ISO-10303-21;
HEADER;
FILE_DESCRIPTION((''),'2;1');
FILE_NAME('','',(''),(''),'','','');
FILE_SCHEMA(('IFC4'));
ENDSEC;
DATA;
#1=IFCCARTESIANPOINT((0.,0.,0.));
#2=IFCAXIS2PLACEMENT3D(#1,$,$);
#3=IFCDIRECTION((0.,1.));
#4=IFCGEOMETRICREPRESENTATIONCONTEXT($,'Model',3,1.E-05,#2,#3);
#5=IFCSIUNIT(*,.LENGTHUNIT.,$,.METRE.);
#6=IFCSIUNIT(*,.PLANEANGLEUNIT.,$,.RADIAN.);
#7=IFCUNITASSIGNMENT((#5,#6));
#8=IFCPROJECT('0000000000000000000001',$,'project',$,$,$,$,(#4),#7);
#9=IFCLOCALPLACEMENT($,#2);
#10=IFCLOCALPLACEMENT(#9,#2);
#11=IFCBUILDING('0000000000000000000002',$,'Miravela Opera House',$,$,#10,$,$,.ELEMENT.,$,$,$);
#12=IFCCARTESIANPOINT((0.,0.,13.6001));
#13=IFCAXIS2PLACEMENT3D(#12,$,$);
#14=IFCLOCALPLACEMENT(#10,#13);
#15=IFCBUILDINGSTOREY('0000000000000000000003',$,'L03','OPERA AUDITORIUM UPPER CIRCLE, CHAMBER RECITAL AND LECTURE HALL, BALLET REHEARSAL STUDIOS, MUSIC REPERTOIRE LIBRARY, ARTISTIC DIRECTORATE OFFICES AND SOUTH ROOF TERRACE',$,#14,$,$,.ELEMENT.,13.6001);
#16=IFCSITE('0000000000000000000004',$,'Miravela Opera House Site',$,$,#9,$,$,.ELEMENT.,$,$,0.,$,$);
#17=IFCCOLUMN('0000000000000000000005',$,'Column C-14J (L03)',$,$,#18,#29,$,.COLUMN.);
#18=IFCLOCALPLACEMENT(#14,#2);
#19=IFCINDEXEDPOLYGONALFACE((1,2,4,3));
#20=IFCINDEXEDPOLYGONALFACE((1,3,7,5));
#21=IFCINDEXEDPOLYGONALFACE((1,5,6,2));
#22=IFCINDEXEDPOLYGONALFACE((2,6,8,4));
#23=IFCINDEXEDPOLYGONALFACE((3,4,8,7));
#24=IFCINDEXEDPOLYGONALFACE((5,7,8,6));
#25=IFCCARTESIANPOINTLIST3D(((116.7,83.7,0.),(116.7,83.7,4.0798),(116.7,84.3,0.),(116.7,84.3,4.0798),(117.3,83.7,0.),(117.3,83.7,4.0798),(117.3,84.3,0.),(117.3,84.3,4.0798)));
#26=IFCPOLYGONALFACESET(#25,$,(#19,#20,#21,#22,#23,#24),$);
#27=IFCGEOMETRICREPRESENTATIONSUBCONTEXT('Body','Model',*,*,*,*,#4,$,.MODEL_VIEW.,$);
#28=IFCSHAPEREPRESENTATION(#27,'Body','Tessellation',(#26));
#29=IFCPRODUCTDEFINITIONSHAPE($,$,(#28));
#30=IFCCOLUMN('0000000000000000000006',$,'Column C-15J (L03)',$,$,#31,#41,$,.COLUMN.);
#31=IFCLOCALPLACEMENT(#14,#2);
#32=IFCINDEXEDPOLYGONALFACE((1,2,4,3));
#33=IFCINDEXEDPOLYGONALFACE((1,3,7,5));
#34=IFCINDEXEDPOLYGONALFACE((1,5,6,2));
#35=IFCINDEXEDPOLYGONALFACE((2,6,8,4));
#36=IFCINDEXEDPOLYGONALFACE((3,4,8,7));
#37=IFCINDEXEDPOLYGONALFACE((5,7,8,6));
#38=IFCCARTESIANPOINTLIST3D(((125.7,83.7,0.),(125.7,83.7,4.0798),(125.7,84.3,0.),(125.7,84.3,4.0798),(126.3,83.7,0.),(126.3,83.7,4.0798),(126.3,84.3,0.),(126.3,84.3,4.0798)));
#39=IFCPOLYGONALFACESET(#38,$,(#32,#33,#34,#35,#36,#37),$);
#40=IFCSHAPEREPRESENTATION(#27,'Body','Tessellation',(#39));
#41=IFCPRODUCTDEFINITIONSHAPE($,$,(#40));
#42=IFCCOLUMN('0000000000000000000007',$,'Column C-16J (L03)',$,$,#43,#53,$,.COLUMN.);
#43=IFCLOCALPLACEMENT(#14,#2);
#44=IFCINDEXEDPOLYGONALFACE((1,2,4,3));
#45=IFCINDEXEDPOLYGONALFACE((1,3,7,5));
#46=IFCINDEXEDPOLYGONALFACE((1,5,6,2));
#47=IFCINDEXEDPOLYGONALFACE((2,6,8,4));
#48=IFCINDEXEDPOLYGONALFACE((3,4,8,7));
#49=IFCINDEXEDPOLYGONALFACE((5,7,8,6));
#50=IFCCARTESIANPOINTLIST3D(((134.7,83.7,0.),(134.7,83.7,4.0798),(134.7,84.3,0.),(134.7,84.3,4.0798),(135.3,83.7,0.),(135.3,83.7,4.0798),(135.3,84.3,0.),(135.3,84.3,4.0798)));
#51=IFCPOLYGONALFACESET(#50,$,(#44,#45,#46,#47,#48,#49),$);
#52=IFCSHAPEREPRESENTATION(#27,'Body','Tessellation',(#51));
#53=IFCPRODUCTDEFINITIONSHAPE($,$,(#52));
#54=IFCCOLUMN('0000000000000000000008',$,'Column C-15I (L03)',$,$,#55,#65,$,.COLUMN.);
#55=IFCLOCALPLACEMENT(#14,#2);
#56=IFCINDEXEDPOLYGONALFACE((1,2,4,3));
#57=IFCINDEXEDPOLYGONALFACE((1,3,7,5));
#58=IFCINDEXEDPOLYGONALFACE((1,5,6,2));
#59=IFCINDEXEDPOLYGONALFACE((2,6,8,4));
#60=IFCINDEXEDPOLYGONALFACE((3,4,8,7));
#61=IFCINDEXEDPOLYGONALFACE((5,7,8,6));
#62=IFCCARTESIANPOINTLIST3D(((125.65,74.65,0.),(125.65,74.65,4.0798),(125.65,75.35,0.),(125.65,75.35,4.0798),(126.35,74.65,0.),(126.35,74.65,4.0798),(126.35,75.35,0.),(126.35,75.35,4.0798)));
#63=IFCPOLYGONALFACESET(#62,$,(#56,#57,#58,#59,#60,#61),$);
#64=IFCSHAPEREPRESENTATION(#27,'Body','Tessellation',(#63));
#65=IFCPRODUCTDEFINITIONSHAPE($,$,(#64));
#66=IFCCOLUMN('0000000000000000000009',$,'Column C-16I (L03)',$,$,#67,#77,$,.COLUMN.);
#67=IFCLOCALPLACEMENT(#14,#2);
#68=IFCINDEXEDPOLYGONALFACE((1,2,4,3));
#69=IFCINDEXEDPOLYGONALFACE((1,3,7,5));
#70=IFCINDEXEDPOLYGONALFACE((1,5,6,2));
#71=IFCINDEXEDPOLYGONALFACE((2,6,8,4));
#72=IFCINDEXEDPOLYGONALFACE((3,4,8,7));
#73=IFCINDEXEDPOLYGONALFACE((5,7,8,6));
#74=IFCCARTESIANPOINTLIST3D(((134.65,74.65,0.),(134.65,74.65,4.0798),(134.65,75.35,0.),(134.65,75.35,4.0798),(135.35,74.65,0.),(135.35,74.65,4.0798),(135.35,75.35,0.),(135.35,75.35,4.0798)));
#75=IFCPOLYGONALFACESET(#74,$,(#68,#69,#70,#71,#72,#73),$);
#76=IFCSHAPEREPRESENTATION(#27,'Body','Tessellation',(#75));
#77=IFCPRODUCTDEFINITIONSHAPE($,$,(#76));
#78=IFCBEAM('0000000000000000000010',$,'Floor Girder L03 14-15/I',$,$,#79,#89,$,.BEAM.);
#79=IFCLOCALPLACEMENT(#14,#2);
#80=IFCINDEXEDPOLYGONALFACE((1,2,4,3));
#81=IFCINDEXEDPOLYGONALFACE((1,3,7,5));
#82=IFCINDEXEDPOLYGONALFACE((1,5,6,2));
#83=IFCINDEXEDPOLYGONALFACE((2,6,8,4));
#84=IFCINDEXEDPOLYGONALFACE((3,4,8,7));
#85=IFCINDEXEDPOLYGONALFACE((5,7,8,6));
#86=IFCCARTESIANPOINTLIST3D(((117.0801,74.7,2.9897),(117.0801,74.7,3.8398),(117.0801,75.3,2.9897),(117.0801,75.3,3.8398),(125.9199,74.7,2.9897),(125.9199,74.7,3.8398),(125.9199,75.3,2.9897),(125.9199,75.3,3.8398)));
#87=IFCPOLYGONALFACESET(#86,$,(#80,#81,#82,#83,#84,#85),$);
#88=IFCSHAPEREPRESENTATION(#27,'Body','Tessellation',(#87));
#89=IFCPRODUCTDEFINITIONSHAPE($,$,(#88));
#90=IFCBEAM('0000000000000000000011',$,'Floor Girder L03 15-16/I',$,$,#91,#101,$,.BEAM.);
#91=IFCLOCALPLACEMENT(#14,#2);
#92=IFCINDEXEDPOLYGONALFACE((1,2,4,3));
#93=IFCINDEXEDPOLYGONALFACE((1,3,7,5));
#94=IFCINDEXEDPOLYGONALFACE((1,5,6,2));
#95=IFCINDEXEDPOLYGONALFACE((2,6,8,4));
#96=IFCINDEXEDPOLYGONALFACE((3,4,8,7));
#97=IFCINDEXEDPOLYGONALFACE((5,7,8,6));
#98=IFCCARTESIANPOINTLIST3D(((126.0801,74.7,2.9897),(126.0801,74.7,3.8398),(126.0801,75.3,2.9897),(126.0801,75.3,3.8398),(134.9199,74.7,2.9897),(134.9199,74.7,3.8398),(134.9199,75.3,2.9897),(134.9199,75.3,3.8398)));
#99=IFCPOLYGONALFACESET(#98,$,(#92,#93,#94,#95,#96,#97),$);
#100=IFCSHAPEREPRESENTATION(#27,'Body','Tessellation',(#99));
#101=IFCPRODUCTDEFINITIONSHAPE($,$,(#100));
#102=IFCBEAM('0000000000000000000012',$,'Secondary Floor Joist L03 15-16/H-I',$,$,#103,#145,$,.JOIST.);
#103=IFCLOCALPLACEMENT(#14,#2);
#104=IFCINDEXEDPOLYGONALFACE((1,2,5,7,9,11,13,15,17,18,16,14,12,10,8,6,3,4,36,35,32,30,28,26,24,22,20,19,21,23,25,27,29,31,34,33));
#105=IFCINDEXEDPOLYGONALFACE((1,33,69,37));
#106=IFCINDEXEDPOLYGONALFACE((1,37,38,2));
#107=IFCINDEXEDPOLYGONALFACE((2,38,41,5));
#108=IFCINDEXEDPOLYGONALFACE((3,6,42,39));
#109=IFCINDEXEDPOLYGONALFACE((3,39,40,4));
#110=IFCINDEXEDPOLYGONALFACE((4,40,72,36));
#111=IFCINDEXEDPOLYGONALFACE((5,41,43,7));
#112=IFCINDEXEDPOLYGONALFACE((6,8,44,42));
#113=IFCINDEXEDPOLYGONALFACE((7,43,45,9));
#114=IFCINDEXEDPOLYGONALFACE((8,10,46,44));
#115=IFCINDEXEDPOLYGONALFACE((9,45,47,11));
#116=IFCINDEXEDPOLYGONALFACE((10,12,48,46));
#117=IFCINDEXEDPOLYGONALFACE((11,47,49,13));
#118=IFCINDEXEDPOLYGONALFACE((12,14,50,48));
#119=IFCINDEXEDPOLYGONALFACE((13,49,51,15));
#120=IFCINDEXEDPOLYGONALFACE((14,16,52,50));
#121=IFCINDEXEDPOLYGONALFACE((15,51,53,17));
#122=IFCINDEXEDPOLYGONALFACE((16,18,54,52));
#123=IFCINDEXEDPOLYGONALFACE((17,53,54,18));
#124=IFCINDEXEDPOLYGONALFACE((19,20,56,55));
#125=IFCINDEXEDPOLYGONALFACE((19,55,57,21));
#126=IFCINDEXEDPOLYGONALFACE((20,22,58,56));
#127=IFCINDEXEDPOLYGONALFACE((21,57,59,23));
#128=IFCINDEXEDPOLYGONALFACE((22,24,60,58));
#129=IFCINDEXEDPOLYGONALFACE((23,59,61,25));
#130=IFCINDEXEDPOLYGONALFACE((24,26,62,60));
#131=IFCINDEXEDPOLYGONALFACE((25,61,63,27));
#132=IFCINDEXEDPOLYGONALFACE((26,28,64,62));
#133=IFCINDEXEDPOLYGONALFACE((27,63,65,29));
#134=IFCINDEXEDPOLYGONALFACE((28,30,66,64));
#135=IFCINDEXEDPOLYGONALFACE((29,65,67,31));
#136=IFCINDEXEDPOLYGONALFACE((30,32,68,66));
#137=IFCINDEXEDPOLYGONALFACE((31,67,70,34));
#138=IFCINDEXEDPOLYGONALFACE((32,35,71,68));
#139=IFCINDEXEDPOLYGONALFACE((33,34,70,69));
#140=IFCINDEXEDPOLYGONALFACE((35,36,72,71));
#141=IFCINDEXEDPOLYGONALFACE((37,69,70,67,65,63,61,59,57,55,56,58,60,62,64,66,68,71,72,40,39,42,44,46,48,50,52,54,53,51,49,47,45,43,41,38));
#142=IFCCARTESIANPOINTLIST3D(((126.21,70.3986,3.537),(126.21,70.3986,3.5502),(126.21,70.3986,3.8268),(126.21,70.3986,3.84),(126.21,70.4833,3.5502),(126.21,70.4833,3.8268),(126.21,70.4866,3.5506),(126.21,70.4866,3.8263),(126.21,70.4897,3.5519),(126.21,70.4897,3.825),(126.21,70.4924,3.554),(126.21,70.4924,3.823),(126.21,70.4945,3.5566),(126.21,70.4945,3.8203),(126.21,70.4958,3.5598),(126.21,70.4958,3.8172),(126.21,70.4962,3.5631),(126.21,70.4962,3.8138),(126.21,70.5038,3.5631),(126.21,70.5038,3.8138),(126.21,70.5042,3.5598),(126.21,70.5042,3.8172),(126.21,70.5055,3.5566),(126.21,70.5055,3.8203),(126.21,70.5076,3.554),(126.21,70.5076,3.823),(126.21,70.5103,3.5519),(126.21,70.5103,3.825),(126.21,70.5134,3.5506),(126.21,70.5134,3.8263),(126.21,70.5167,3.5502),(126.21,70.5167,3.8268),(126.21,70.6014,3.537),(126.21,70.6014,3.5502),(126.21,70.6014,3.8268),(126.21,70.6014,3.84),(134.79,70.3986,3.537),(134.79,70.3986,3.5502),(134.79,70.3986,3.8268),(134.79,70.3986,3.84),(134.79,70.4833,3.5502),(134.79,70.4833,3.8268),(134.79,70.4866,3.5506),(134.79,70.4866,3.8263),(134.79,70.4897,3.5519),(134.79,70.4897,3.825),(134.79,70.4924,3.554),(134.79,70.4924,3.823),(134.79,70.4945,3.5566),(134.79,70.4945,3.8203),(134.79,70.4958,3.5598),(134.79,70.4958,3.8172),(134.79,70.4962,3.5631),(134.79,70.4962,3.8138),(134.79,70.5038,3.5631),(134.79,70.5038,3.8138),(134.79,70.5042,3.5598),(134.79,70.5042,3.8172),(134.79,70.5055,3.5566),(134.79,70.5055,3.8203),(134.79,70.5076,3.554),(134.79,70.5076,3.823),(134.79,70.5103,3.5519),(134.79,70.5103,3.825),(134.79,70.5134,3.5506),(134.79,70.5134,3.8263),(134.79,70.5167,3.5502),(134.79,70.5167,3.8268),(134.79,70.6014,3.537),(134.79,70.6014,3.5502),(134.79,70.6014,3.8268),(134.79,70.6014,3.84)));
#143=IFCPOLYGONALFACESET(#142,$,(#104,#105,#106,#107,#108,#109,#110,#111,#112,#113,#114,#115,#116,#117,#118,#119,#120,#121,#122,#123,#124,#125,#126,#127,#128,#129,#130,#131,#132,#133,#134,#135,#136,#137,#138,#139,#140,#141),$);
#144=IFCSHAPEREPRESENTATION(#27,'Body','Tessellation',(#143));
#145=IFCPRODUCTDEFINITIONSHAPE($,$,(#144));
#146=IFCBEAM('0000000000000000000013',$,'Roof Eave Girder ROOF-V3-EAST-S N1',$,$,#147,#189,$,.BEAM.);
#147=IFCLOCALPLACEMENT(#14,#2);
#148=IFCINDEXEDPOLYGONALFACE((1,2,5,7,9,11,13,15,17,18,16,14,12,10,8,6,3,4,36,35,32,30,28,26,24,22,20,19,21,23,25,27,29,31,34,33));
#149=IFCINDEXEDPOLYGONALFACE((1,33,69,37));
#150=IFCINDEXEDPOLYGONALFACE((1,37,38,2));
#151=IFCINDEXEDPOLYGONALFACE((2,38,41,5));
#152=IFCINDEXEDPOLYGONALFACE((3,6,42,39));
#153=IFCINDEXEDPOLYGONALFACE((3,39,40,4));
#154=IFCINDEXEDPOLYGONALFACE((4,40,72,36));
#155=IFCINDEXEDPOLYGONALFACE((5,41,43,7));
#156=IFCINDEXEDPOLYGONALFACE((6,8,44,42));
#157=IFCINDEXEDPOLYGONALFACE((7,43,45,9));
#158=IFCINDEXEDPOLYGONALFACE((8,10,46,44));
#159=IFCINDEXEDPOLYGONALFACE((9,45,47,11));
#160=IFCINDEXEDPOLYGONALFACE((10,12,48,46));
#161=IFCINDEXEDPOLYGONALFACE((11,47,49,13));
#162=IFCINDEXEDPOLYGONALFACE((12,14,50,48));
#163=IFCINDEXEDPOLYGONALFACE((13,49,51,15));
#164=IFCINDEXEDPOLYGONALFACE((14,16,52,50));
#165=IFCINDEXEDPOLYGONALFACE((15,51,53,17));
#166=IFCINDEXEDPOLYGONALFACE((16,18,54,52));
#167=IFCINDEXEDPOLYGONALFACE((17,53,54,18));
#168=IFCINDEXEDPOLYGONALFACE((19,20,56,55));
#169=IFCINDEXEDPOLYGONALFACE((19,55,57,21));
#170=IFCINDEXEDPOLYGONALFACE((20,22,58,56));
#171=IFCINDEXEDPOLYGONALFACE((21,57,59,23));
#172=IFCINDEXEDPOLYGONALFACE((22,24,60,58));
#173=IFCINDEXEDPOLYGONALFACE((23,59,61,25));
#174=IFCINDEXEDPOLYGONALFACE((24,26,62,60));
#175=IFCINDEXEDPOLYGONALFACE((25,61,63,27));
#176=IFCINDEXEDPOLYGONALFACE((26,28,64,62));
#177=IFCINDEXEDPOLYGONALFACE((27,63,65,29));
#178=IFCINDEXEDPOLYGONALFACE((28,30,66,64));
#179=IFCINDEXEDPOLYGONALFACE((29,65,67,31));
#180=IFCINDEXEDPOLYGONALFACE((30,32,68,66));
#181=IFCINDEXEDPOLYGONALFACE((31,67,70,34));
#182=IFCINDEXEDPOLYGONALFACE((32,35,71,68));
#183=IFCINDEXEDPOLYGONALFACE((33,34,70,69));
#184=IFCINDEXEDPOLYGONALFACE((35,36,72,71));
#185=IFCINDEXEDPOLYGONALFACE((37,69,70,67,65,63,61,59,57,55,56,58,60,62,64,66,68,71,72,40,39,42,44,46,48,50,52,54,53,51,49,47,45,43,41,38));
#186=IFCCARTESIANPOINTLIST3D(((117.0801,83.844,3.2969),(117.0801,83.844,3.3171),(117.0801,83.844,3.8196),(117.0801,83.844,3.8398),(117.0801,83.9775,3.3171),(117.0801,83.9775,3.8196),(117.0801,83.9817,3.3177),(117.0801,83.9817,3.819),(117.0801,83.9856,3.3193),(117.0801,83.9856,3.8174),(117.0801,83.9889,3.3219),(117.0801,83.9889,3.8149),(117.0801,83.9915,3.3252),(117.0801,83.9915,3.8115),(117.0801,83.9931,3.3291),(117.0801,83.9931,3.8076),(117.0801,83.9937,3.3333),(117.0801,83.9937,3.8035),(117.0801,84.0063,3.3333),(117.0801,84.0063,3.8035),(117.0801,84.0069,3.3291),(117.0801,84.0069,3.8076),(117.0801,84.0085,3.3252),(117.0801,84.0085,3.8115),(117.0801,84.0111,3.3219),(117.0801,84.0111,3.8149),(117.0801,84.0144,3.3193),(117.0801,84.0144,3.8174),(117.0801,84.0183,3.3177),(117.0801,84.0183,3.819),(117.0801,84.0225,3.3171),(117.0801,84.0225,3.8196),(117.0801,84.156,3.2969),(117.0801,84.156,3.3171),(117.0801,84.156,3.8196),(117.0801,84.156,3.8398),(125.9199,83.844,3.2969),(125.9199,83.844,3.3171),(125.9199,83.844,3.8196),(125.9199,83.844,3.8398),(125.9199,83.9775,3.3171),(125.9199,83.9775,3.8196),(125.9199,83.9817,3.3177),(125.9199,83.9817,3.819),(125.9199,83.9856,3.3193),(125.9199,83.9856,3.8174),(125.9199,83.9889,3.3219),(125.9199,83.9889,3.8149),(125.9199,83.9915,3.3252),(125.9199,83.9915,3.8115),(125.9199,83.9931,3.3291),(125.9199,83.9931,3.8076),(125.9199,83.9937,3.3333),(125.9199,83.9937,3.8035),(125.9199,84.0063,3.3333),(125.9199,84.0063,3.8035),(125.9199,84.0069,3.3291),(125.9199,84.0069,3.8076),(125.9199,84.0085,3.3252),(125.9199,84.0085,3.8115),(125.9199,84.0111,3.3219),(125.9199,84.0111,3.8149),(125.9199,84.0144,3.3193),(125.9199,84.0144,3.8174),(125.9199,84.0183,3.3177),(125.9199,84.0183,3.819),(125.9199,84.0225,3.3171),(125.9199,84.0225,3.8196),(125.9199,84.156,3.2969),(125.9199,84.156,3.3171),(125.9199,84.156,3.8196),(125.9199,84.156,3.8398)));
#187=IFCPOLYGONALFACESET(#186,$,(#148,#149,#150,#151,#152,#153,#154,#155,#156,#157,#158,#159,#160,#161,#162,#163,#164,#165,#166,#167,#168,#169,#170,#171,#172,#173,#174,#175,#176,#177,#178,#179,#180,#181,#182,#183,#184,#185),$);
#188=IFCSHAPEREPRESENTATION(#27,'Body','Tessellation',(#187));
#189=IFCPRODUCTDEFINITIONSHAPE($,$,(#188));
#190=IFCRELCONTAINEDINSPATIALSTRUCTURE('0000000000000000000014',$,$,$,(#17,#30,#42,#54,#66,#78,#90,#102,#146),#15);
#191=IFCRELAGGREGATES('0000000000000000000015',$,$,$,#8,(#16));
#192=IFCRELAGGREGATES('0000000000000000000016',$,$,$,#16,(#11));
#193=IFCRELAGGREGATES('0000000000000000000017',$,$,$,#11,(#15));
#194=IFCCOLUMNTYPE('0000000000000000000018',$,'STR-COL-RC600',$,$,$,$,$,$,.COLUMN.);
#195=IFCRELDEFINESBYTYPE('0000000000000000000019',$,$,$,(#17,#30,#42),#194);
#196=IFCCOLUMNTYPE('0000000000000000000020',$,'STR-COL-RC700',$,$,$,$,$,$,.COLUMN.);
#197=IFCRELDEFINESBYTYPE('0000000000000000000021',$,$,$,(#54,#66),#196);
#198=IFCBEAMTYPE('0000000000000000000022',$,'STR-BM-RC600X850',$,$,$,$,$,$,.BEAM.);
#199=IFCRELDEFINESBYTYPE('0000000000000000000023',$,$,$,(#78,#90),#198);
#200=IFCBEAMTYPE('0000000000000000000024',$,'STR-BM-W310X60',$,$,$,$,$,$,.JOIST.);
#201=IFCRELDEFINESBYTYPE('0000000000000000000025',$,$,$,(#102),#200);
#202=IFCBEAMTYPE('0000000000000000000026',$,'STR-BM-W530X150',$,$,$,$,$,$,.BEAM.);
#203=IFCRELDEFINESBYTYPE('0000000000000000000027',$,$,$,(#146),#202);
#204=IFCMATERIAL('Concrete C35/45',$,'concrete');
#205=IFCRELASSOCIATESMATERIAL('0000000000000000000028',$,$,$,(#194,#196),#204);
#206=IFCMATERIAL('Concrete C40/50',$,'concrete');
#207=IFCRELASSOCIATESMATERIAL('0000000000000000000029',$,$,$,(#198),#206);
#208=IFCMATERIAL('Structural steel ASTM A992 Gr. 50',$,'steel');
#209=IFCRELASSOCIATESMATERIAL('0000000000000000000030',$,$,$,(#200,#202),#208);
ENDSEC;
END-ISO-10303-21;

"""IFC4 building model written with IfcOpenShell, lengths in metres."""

from ifc_helpers import new_model, si_unit, direction, frame, origin, origin_2d, place, context, subcontext, project, spatial, rectangle, i_section, extrude, material, material_profile, profile_set, type_object, element, save


model = new_model("IFC4")

# Units and contexts
model_context = context("Model", 3, precision=1e-05, world=origin(), true_north=direction((0.0, 1.0)))
body_context = subcontext(model_context, "Body", "Model", "MODEL_VIEW")
ifc_project = project(units=[si_unit("LENGTHUNIT", "METRE"), si_unit("PLANEANGLEUNIT", "RADIAN")], contexts=[model_context])

# Site, building, storey
site_placement = place(None, origin())
site = spatial("IfcSite", under=ifc_project, at=site_placement, Name="Miravela Opera House Site", CompositionType="ELEMENT", RefElevation=0.0)
building_placement = place(site_placement, origin())
building = spatial("IfcBuilding", under=site, at=building_placement, Name="Miravela Opera House", CompositionType="ELEMENT")
storey_placement = place(building_placement, frame((0.0, 0.0, 13.6001)))
storey = spatial("IfcBuildingStorey", under=building, at=storey_placement, Name="L03", Description="OPERA AUDITORIUM UPPER CIRCLE, CHAMBER RECITAL AND LECTURE HALL, BALLET REHEARSAL STUDIOS, MUSIC REPERTOIRE LIBRARY, ARTISTIC DIRECTORATE OFFICES AND SOUTH ROOF TERRACE", CompositionType="ELEMENT", Elevation=13.6001)

# Columns
ifc_material_1 = material(Name="Concrete C35/45", Category="concrete")
ifc_material_profile_1 = material_profile(ifc_material_1, rectangle(XDim=0.6001, YDim=0.6001, at=origin_2d()), Name="RC-COL-600X600")
ifc_profile_set_1 = profile_set([ifc_material_profile_1])
column_type_1 = type_object("IfcColumnType", Name="STR-COL-RC600", PredefinedType="COLUMN", material=ifc_profile_set_1)
for number, where, z_axis, x_axis, name in (
    (1, (117.0, 84.0, 0.0), (0.0, 0.0, 1.0), (1.0, 0.0, 0.0), "Column C-14J (L03)"),
    (2, (126.0, 84.0, 0.0), (0.0, 0.0, 1.0), (1.0, 0.0, 0.0), "Column C-15J (L03)"),
    (3, (135.0, 84.0, 0.0), (0.0, 0.0, 1.0), (1.0, 0.0, 0.0), "Column C-16J (L03)"),
):
    element("IfcColumn", number, at=place(storey_placement, frame(where, z_axis=z_axis, x_axis=x_axis)), inside=storey, type_object=column_type_1, Name=name, PredefinedType="COLUMN", context=body_context, shape_type="SweptSolid", body=[
        extrude(rectangle(XDim=0.6001, YDim=0.6001, at=origin_2d()), origin(), (0.0, 0.0, 1.0), 4.0798),
    ])
ifc_material_profile_2 = material_profile(ifc_material_1, rectangle(XDim=0.7, YDim=0.7, at=origin_2d()), Name="RC-COL-700X700")
ifc_profile_set_2 = profile_set([ifc_material_profile_2])
column_type_2 = type_object("IfcColumnType", Name="STR-COL-RC700", PredefinedType="COLUMN", material=ifc_profile_set_2)
for number, where, z_axis, x_axis, name in (
    (4, (126.0, 75.0, 0.0), (0.0, 0.0, 1.0), (1.0, 0.0, 0.0), "Column C-15I (L03)"),
    (5, (135.0, 75.0, 0.0), (0.0, 0.0, 1.0), (1.0, 0.0, 0.0), "Column C-16I (L03)"),
):
    element("IfcColumn", number, at=place(storey_placement, frame(where, z_axis=z_axis, x_axis=x_axis)), inside=storey, type_object=column_type_2, Name=name, PredefinedType="COLUMN", context=body_context, shape_type="SweptSolid", body=[
        extrude(rectangle(XDim=0.7, YDim=0.7, at=origin_2d()), origin(), (0.0, 0.0, 1.0), 4.0798),
    ])

# Beams
ifc_material_2 = material(Name="Concrete C40/50", Category="concrete")
ifc_material_profile_3 = material_profile(ifc_material_2, rectangle(XDim=0.6001, YDim=0.8501, at=origin_2d()), Name="RC-BM-600X850")
ifc_profile_set_3 = profile_set([ifc_material_profile_3])
beam_type_1 = type_object("IfcBeamType", Name="STR-BM-RC600X850", PredefinedType="BEAM", material=ifc_profile_set_3)
for number, where, z_axis, x_axis, name in (
    (6, (117.0801, 75.0, 3.4148), (1.0, 0.0, 0.0), (0.0, 1.0, 0.0), "Floor Girder L03 14-15/I"),
    (7, (126.0801, 75.0, 3.4148), (1.0, 0.0, 0.0), (0.0, 1.0, 0.0), "Floor Girder L03 15-16/I"),
):
    element("IfcBeam", number, at=place(storey_placement, frame(where, z_axis=z_axis, x_axis=x_axis)), inside=storey, type_object=beam_type_1, Name=name, PredefinedType="BEAM", context=body_context, shape_type="SweptSolid", body=[
        extrude(rectangle(XDim=0.6001, YDim=0.8501, at=origin_2d()), origin(), (0.0, 0.0, 1.0), 8.8398),
    ])
ifc_material_3 = material(Name="Structural steel ASTM A992 Gr. 50", Category="steel")
ifc_material_profile_4 = material_profile(ifc_material_3, i_section(OverallWidth=0.2029, OverallDepth=0.303, WebThickness=0.0076, FlangeThickness=0.0132, FilletRadius=0.0129, at=origin_2d()), Name="W310X60")
ifc_profile_set_4 = profile_set([ifc_material_profile_4])
beam_type_2 = type_object("IfcBeamType", Name="STR-BM-W310X60", PredefinedType="JOIST", material=ifc_profile_set_4)
beam_placement = place(storey_placement, frame((126.21, 70.5, 3.6885), z_axis=(1.0, 0.0, 0.0), x_axis=(0.0, 1.0, 0.0)))
element("IfcBeam", 8, at=beam_placement, inside=storey, type_object=beam_type_2, Name="Secondary Floor Joist L03 15-16/H-I", PredefinedType="JOIST", context=body_context, shape_type="SweptSolid", body=[
    extrude(i_section(OverallWidth=0.2029, OverallDepth=0.303, WebThickness=0.0076, FlangeThickness=0.0132, FilletRadius=0.0129, at=origin_2d()), origin(), (0.0, 0.0, 1.0), 8.5801),
])
ifc_material_profile_5 = material_profile(ifc_material_3, i_section(OverallWidth=0.312, OverallDepth=0.543, WebThickness=0.0127, FlangeThickness=0.0203, FilletRadius=0.0161, at=origin_2d()), Name="W530X150")
ifc_profile_set_5 = profile_set([ifc_material_profile_5])
beam_type_3 = type_object("IfcBeamType", Name="STR-BM-W530X150", PredefinedType="BEAM", material=ifc_profile_set_5)
for number, where, z_axis, x_axis, name in (
    (9, (117.0801, 84.0, 3.5684), (1.0, 0.0, 0.0), (0.0, 1.0, 0.0), "Roof Eave Girder ROOF-V3-EAST-S N1"),
):
    element("IfcBeam", number, at=place(storey_placement, frame(where, z_axis=z_axis, x_axis=x_axis)), inside=storey, type_object=beam_type_3, Name=name, PredefinedType="BEAM", context=body_context, shape_type="SweptSolid", body=[
        extrude(i_section(OverallWidth=0.312, OverallDepth=0.543, WebThickness=0.0127, FlangeThickness=0.0203, FilletRadius=0.0161, at=origin_2d()), origin(), (0.0, 0.0, 1.0), 8.8398),
    ])

save(model, "model.ifc")
